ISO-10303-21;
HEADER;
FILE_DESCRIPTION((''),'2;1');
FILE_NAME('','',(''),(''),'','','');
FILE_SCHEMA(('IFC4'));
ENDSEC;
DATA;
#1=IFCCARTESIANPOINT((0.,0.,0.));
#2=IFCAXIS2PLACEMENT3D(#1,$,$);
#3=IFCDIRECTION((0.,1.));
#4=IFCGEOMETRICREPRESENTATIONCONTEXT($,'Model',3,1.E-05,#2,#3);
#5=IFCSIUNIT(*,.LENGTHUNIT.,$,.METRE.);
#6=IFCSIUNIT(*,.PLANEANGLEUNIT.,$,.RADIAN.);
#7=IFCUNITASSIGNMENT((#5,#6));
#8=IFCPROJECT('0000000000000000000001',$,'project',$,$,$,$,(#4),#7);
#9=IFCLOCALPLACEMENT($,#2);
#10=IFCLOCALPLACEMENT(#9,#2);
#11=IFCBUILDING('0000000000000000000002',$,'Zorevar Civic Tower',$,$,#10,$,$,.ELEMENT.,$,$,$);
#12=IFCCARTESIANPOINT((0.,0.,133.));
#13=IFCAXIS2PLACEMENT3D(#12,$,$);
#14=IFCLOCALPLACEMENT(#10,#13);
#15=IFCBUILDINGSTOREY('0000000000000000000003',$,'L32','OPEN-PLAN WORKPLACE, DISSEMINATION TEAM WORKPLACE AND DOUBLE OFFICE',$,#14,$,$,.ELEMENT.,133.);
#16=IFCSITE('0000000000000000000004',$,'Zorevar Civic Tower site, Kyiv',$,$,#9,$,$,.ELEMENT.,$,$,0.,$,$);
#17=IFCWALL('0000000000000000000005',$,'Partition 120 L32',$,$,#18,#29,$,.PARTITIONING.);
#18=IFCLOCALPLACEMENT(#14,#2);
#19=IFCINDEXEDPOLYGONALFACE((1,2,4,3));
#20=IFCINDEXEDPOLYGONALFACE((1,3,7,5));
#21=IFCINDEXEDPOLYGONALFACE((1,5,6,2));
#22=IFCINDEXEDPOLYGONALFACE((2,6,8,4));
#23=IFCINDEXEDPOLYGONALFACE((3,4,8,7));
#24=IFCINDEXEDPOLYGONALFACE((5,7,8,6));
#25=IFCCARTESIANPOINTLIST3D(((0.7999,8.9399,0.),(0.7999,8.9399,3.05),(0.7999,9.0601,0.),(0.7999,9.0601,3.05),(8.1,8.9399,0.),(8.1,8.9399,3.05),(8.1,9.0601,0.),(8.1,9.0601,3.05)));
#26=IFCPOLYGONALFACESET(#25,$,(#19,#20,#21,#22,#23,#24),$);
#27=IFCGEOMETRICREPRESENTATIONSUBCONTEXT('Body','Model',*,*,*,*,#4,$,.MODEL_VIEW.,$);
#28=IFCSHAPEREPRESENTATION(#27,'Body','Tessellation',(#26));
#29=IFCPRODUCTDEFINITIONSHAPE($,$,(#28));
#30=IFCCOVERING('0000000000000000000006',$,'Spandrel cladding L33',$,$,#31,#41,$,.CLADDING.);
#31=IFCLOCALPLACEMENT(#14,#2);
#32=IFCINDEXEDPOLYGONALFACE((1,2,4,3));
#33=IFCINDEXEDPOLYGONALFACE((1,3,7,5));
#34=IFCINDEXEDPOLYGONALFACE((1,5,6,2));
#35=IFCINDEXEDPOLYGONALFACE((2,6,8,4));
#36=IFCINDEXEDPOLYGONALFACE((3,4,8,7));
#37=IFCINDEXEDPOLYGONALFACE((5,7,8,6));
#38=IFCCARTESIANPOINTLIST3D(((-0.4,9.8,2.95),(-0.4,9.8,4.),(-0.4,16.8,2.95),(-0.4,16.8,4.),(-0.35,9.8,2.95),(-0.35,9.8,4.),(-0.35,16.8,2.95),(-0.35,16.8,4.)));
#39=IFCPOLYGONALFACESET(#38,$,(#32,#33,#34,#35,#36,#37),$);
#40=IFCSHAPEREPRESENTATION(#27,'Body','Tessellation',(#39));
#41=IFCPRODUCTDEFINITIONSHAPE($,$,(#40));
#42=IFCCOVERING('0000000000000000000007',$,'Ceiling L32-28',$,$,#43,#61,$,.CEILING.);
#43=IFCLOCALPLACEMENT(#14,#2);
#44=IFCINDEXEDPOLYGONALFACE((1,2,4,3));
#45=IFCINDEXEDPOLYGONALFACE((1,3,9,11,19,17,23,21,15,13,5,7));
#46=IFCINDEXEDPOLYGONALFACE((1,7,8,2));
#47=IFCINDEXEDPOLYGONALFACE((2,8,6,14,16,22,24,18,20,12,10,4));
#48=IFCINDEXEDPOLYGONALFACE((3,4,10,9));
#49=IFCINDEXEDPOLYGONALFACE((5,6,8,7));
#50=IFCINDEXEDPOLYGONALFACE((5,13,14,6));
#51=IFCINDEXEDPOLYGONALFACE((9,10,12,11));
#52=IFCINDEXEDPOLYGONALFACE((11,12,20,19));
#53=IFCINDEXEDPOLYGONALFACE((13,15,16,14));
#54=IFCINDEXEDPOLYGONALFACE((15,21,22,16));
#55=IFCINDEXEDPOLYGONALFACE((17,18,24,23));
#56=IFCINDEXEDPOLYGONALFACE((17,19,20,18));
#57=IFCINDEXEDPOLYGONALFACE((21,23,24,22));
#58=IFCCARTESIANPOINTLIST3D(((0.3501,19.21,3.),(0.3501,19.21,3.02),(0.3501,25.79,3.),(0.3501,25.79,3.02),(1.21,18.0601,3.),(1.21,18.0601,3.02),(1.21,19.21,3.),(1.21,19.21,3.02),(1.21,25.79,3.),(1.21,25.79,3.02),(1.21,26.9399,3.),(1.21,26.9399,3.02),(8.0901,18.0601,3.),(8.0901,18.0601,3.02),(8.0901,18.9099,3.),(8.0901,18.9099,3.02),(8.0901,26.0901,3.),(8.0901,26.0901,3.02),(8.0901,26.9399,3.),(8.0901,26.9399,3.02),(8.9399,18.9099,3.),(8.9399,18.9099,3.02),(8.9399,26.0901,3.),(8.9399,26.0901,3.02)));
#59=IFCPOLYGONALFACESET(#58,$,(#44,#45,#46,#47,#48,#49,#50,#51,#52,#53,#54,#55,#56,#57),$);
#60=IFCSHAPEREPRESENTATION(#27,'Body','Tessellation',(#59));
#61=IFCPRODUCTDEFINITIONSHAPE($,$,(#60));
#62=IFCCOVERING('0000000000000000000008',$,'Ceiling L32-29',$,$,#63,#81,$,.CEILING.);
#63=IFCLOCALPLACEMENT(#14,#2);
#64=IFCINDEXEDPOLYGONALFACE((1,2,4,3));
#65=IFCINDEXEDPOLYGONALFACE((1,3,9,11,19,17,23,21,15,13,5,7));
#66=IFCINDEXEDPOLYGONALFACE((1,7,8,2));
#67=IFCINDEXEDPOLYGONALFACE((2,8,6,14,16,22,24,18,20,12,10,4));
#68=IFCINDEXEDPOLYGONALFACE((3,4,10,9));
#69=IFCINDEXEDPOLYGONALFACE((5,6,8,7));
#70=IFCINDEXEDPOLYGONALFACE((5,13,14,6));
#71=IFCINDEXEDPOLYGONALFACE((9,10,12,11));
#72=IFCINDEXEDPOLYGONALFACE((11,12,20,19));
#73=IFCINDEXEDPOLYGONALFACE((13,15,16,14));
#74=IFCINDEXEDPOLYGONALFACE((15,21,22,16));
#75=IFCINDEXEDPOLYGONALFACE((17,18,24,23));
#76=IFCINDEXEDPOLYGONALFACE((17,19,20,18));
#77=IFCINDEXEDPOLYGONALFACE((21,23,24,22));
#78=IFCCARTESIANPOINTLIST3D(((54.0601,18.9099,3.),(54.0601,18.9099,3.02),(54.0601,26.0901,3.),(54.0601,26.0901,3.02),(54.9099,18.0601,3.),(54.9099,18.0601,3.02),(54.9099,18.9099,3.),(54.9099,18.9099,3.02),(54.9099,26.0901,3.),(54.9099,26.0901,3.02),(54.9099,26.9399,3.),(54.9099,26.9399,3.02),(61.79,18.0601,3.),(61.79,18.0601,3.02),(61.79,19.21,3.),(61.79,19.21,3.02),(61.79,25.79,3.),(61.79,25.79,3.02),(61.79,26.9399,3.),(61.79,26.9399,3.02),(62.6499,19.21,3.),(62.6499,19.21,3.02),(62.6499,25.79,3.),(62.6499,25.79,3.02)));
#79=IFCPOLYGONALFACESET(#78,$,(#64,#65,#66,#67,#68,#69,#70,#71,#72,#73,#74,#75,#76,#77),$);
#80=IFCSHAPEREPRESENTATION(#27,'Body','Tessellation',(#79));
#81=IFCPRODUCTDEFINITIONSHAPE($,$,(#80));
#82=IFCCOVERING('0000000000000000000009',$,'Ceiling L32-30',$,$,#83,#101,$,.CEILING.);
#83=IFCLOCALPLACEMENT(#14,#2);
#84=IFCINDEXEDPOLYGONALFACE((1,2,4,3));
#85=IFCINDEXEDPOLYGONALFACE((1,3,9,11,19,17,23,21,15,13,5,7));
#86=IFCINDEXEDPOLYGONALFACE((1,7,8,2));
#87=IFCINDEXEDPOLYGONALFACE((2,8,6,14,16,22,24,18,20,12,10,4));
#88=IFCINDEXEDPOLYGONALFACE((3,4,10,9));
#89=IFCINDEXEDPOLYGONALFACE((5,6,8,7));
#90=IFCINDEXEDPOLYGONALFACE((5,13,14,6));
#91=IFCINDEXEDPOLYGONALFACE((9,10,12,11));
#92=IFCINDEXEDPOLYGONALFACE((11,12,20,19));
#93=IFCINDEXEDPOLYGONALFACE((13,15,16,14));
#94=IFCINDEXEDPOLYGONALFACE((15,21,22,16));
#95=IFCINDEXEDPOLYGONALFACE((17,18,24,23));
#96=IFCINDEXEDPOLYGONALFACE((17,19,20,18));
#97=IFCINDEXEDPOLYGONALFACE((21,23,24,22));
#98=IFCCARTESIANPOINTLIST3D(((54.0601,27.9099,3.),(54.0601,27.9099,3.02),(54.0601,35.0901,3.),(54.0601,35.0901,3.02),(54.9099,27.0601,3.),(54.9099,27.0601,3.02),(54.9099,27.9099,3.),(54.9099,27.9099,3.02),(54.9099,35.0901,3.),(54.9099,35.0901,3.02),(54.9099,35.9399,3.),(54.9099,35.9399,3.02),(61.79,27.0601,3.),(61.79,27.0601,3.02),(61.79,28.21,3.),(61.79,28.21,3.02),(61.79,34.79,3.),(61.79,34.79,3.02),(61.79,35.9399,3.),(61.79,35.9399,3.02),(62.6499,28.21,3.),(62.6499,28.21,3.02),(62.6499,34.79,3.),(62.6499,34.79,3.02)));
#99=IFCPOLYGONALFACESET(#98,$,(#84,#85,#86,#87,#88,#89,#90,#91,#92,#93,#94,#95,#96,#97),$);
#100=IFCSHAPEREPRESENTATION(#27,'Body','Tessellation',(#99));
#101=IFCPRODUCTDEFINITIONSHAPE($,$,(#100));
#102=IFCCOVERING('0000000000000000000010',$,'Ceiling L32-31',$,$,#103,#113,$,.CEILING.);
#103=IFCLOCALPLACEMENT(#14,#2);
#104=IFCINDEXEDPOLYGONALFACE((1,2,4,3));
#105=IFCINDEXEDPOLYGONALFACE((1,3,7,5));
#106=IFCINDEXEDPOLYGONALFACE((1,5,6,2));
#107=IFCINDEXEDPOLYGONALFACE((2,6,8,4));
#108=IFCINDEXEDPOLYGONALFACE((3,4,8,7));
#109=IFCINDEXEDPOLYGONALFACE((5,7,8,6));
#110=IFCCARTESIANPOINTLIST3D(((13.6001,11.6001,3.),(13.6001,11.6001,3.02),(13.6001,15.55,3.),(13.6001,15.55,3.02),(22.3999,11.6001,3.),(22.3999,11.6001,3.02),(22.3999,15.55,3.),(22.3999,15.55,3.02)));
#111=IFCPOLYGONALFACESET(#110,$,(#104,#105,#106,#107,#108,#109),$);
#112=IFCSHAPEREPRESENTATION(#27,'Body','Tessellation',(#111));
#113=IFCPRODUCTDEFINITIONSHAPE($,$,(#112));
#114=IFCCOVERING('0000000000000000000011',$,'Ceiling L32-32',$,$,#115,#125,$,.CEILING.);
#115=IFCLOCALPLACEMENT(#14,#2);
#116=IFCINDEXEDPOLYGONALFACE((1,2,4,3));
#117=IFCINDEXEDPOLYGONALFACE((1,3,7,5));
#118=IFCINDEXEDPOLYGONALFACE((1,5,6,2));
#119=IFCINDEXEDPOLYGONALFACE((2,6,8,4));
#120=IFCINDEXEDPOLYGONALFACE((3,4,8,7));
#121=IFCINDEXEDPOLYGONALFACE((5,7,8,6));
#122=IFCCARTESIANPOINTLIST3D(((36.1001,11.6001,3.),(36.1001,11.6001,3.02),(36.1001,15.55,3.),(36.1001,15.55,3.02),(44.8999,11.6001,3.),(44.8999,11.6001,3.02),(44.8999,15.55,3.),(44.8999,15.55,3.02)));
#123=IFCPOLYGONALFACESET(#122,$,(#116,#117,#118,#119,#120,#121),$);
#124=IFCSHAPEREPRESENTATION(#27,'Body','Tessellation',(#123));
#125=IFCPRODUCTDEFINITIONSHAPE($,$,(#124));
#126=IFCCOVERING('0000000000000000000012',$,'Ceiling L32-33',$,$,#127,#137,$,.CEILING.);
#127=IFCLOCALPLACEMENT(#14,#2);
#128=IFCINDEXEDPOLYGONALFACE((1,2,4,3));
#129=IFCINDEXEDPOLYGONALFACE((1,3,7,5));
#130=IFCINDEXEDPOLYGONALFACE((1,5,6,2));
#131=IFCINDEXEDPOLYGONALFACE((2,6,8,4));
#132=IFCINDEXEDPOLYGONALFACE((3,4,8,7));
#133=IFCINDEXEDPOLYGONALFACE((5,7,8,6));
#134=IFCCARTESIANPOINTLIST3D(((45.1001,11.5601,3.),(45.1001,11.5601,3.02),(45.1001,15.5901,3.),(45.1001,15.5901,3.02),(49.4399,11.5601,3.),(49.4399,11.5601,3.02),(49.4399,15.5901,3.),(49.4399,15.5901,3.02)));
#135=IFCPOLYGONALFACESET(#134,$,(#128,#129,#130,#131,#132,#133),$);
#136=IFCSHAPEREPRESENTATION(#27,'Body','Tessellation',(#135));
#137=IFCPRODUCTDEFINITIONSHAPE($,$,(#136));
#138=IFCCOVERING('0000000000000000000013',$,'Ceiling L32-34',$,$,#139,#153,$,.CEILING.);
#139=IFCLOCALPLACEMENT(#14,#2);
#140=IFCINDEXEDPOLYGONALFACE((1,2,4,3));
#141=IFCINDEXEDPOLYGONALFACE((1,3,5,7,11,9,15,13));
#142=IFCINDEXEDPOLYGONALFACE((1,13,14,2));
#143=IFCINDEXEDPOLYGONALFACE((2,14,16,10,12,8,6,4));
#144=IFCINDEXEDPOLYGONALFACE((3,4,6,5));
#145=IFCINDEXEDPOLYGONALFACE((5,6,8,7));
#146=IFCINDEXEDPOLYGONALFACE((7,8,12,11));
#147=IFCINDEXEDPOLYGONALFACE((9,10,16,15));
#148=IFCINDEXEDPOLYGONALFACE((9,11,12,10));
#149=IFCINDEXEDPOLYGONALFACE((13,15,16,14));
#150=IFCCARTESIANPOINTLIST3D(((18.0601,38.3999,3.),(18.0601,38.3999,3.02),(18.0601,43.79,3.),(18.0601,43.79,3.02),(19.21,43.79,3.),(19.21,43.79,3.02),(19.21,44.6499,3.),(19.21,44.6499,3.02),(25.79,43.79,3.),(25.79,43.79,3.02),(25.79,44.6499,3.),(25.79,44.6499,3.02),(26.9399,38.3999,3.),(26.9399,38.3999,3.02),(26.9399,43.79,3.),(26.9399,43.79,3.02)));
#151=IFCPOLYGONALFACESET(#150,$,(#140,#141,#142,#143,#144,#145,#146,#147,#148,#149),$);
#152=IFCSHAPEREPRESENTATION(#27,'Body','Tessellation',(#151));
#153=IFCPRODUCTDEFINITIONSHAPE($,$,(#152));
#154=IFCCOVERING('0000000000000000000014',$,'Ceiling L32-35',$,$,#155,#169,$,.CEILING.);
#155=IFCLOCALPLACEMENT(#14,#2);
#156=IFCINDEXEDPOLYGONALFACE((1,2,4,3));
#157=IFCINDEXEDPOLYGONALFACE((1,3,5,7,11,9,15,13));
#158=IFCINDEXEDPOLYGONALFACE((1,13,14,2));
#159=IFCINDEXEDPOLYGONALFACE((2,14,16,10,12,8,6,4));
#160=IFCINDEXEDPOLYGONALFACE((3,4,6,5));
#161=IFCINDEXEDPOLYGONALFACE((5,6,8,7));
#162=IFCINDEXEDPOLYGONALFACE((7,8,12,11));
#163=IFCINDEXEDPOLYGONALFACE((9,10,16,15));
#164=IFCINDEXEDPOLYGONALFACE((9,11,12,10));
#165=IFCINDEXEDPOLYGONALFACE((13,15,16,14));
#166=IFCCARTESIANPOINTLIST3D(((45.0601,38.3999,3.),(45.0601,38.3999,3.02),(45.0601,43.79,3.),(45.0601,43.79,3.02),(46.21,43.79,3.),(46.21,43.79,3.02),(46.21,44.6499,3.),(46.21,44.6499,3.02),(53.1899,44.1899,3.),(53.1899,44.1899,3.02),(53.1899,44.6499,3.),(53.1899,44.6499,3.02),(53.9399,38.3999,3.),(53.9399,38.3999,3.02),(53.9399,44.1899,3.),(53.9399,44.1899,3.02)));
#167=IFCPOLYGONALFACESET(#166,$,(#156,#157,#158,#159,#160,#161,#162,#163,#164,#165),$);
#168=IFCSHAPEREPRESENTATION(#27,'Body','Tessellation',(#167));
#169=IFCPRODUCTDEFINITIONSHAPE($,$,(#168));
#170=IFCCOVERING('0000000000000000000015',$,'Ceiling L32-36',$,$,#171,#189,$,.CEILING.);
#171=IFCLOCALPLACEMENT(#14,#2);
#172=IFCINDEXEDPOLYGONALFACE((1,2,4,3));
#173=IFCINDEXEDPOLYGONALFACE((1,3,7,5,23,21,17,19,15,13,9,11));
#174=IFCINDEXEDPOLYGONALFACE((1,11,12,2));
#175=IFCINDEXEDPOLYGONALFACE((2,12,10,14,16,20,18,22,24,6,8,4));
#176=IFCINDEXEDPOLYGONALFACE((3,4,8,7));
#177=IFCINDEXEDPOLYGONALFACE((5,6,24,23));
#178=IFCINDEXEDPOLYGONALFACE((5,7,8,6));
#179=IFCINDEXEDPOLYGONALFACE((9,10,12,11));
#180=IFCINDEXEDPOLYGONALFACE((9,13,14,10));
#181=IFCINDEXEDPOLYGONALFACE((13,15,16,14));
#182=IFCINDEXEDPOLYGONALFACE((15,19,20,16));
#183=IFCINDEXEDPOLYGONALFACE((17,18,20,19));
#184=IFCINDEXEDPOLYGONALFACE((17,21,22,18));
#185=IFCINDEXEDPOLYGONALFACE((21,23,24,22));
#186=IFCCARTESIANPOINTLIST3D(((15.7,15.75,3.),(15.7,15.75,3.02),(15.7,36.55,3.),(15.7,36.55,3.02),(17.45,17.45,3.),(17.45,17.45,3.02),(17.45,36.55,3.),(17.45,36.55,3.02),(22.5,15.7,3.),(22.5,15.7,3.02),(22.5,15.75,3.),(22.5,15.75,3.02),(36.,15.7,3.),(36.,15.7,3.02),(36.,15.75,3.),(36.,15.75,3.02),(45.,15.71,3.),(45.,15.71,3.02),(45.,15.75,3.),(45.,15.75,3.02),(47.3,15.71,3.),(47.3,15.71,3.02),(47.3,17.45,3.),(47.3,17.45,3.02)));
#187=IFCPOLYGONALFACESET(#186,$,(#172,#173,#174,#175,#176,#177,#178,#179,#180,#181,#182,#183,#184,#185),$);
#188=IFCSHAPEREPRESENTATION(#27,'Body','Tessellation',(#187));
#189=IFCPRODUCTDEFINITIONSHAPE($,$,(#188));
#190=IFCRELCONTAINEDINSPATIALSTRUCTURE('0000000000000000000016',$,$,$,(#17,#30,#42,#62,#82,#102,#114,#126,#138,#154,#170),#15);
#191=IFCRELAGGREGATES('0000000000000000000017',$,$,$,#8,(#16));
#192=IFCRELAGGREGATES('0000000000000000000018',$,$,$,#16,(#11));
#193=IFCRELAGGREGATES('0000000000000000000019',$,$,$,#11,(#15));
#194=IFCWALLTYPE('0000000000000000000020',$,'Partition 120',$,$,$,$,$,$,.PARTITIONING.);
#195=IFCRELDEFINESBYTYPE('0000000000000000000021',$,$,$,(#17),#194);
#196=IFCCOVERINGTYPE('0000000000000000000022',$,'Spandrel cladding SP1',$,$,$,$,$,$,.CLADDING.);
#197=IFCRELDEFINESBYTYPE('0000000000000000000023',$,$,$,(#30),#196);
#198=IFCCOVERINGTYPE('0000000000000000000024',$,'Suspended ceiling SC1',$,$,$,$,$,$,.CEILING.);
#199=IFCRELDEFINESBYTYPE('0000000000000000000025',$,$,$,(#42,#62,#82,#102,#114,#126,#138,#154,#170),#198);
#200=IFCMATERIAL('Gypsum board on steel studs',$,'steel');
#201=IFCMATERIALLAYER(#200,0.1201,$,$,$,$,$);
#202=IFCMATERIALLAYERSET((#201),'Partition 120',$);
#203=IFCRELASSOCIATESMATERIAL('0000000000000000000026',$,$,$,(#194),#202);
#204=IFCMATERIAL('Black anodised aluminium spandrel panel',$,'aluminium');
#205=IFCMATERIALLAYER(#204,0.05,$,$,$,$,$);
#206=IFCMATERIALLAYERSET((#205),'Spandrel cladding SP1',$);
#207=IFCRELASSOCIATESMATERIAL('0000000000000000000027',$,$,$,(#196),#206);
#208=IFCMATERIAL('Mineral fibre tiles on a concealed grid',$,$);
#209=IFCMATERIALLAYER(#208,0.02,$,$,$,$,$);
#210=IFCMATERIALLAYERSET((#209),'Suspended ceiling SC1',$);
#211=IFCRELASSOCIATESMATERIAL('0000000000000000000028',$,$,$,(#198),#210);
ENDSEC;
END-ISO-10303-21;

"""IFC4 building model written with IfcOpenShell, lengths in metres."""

from ifc_helpers import new_model, si_unit, direction, frame, frame_2d, origin, place, context, subcontext, project, spatial, polyline, rectangle, outline, extrude, material, layer, layer_set, type_object, element, save


model = new_model("IFC4")

# Units and contexts
model_context = context("Model", 3, precision=1e-05, world=origin(), true_north=direction((0.0, 1.0)))
body_context = subcontext(model_context, "Body", "Model", "MODEL_VIEW")
ifc_project = project(units=[si_unit("LENGTHUNIT", "METRE"), si_unit("PLANEANGLEUNIT", "RADIAN")], contexts=[model_context])

# Site, building, storey
site_placement = place(None, origin())
site = spatial("IfcSite", under=ifc_project, at=site_placement, Name="Zorevar Civic Tower site, Kyiv", CompositionType="ELEMENT", RefElevation=0.0)
building_placement = place(site_placement, origin())
building = spatial("IfcBuilding", under=site, at=building_placement, Name="Zorevar Civic Tower", CompositionType="ELEMENT")
storey_placement = place(building_placement, frame((0.0, 0.0, 133.0)))
storey = spatial("IfcBuildingStorey", under=building, at=storey_placement, Name="L32", Description="OPEN-PLAN WORKPLACE, DISSEMINATION TEAM WORKPLACE AND DOUBLE OFFICE", CompositionType="ELEMENT", Elevation=133.0)

# Wall
ifc_material_1 = material(Name="Gypsum board on steel studs", Category="steel")
ifc_layer_1 = layer(ifc_material_1, 0.1201)
ifc_layer_set_1 = layer_set([ifc_layer_1], Name="Partition 120")
wall_type = type_object("IfcWallType", Name="Partition 120", PredefinedType="PARTITIONING", material=ifc_layer_set_1)
wall_placement = place(storey_placement, frame((0.8, 9.0, 0.0), z_axis=(0.0, 0.0, 1.0), x_axis=(1.0, 0.0, 0.0)))
element("IfcWall", 1, at=wall_placement, inside=storey, type_object=wall_type, Name="Partition 120 L32", PredefinedType="PARTITIONING", context=body_context, shape_type="SweptSolid", body=[
    extrude(rectangle(XDim=7.3, YDim=0.1201, at=frame_2d((3.6499, 0.0))), origin(), (0.0, 0.0, 1.0), 3.05),
])

# Coverings
ifc_material_2 = material(Name="Black anodised aluminium spandrel panel", Category="aluminium")
ifc_layer_2 = layer(ifc_material_2, 0.05)
ifc_layer_set_2 = layer_set([ifc_layer_2], Name="Spandrel cladding SP1")
covering_type_1 = type_object("IfcCoveringType", Name="Spandrel cladding SP1", PredefinedType="CLADDING", material=ifc_layer_set_2)
covering_1_placement = place(storey_placement, frame((-0.375, 9.8, 2.95), z_axis=(0.0, 0.0, 1.0), x_axis=(0.0, 1.0, 0.0)))
element("IfcCovering", 2, at=covering_1_placement, inside=storey, type_object=covering_type_1, Name="Spandrel cladding L33", PredefinedType="CLADDING", context=body_context, shape_type="SweptSolid", body=[
    extrude(rectangle(XDim=7.0, YDim=0.05, at=frame_2d((3.5, 0.0))), origin(), (0.0, 0.0, 1.0), 1.05),
])
ifc_material_3 = material(Name="Mineral fibre tiles on a concealed grid")
ifc_layer_3 = layer(ifc_material_3, 0.02)
ifc_layer_set_3 = layer_set([ifc_layer_3], Name="Suspended ceiling SC1")
covering_type_2 = type_object("IfcCoveringType", Name="Suspended ceiling SC1", PredefinedType="CEILING", material=ifc_layer_set_3)
covering_2_placement = place(storey_placement, frame((0.0, 0.0, 3.0)))
element("IfcCovering", 3, at=covering_2_placement, inside=storey, type_object=covering_type_2, Name="Ceiling L32-28", PredefinedType="CEILING", context=body_context, shape_type="SweptSolid", body=[
    extrude(outline(polyline([(8.9399, 18.9099), (8.0901, 18.9099), (8.0901, 18.0601), (1.21, 18.0601), (1.21, 19.21), (0.3501, 19.21), (0.3501, 25.79), (1.21, 25.79), (1.21, 26.9399), (8.0901, 26.9399), (8.0901, 26.0901), (8.9399, 26.0901), (8.9399, 18.9099)])), origin(), (0.0, 0.0, 1.0), 0.02),
])
covering_3_placement = place(storey_placement, frame((0.0, 0.0, 3.0)))
element("IfcCovering", 4, at=covering_3_placement, inside=storey, type_object=covering_type_2, Name="Ceiling L32-29", PredefinedType="CEILING", context=body_context, shape_type="SweptSolid", body=[
    extrude(outline(polyline([(62.6499, 19.21), (61.79, 19.21), (61.79, 18.0601), (54.9099, 18.0601), (54.9099, 18.9099), (54.0601, 18.9099), (54.0601, 26.0901), (54.9099, 26.0901), (54.9099, 26.9399), (61.79, 26.9399), (61.79, 25.79), (62.6499, 25.79), (62.6499, 19.21)])), origin(), (0.0, 0.0, 1.0), 0.02),
])
covering_4_placement = place(storey_placement, frame((0.0, 0.0, 3.0)))
element("IfcCovering", 5, at=covering_4_placement, inside=storey, type_object=covering_type_2, Name="Ceiling L32-30", PredefinedType="CEILING", context=body_context, shape_type="SweptSolid", body=[
    extrude(outline(polyline([(62.6499, 28.21), (61.79, 28.21), (61.79, 27.0601), (54.9099, 27.0601), (54.9099, 27.9099), (54.0601, 27.9099), (54.0601, 35.0901), (54.9099, 35.0901), (54.9099, 35.9399), (61.79, 35.9399), (61.79, 34.79), (62.6499, 34.79), (62.6499, 28.21)])), origin(), (0.0, 0.0, 1.0), 0.02),
])
covering_5_placement = place(storey_placement, frame((0.0, 0.0, 3.0)))
element("IfcCovering", 6, at=covering_5_placement, inside=storey, type_object=covering_type_2, Name="Ceiling L32-31", PredefinedType="CEILING", context=body_context, shape_type="SweptSolid", body=[
    extrude(outline(polyline([(13.6001, 15.55), (22.3999, 15.55), (22.3999, 11.6001), (13.6001, 11.6001), (13.6001, 15.55)])), origin(), (0.0, 0.0, 1.0), 0.02),
])
covering_6_placement = place(storey_placement, frame((0.0, 0.0, 3.0)))
element("IfcCovering", 7, at=covering_6_placement, inside=storey, type_object=covering_type_2, Name="Ceiling L32-32", PredefinedType="CEILING", context=body_context, shape_type="SweptSolid", body=[
    extrude(outline(polyline([(36.1001, 15.55), (44.8999, 15.55), (44.8999, 11.6001), (36.1001, 11.6001), (36.1001, 15.55)])), origin(), (0.0, 0.0, 1.0), 0.02),
])
covering_7_placement = place(storey_placement, frame((0.0, 0.0, 3.0)))
element("IfcCovering", 8, at=covering_7_placement, inside=storey, type_object=covering_type_2, Name="Ceiling L32-33", PredefinedType="CEILING", context=body_context, shape_type="SweptSolid", body=[
    extrude(outline(polyline([(49.4399, 15.5901), (49.4399, 11.5601), (45.1001, 11.5601), (45.1001, 15.5901), (49.4399, 15.5901)])), origin(), (0.0, 0.0, 1.0), 0.02),
])
covering_8_placement = place(storey_placement, frame((0.0, 0.0, 3.0)))
element("IfcCovering", 9, at=covering_8_placement, inside=storey, type_object=covering_type_2, Name="Ceiling L32-34", PredefinedType="CEILING", context=body_context, shape_type="SweptSolid", body=[
    extrude(outline(polyline([(19.21, 43.79), (19.21, 44.6499), (25.79, 44.6499), (25.79, 43.79), (26.9399, 43.79), (26.9399, 38.3999), (18.0601, 38.3999), (18.0601, 43.79), (19.21, 43.79)])), origin(), (0.0, 0.0, 1.0), 0.02),
])
covering_9_placement = place(storey_placement, frame((0.0, 0.0, 3.0)))
element("IfcCovering", 10, at=covering_9_placement, inside=storey, type_object=covering_type_2, Name="Ceiling L32-35", PredefinedType="CEILING", context=body_context, shape_type="SweptSolid", body=[
    extrude(outline(polyline([(46.21, 43.79), (46.21, 44.6499), (53.1899, 44.6499), (53.1899, 44.1899), (53.9399, 44.1899), (53.9399, 38.3999), (45.0601, 38.3999), (45.0601, 43.79), (46.21, 43.79)])), origin(), (0.0, 0.0, 1.0), 0.02),
])
covering_10_placement = place(storey_placement, frame((0.0, 0.0, 3.0)))
element("IfcCovering", 11, at=covering_10_placement, inside=storey, type_object=covering_type_2, Name="Ceiling L32-36", PredefinedType="CEILING", context=body_context, shape_type="SweptSolid", body=[
    extrude(outline(polyline([(47.3, 15.71), (45.0, 15.71), (45.0, 15.75), (36.0, 15.75), (36.0, 15.7), (22.5, 15.7), (22.5, 15.75), (15.7, 15.75), (15.7, 36.55), (17.45, 36.55), (17.45, 17.45), (47.3, 17.45), (47.3, 15.71)])), origin(), (0.0, 0.0, 1.0), 0.02),
])

save(model, "model.ifc")
